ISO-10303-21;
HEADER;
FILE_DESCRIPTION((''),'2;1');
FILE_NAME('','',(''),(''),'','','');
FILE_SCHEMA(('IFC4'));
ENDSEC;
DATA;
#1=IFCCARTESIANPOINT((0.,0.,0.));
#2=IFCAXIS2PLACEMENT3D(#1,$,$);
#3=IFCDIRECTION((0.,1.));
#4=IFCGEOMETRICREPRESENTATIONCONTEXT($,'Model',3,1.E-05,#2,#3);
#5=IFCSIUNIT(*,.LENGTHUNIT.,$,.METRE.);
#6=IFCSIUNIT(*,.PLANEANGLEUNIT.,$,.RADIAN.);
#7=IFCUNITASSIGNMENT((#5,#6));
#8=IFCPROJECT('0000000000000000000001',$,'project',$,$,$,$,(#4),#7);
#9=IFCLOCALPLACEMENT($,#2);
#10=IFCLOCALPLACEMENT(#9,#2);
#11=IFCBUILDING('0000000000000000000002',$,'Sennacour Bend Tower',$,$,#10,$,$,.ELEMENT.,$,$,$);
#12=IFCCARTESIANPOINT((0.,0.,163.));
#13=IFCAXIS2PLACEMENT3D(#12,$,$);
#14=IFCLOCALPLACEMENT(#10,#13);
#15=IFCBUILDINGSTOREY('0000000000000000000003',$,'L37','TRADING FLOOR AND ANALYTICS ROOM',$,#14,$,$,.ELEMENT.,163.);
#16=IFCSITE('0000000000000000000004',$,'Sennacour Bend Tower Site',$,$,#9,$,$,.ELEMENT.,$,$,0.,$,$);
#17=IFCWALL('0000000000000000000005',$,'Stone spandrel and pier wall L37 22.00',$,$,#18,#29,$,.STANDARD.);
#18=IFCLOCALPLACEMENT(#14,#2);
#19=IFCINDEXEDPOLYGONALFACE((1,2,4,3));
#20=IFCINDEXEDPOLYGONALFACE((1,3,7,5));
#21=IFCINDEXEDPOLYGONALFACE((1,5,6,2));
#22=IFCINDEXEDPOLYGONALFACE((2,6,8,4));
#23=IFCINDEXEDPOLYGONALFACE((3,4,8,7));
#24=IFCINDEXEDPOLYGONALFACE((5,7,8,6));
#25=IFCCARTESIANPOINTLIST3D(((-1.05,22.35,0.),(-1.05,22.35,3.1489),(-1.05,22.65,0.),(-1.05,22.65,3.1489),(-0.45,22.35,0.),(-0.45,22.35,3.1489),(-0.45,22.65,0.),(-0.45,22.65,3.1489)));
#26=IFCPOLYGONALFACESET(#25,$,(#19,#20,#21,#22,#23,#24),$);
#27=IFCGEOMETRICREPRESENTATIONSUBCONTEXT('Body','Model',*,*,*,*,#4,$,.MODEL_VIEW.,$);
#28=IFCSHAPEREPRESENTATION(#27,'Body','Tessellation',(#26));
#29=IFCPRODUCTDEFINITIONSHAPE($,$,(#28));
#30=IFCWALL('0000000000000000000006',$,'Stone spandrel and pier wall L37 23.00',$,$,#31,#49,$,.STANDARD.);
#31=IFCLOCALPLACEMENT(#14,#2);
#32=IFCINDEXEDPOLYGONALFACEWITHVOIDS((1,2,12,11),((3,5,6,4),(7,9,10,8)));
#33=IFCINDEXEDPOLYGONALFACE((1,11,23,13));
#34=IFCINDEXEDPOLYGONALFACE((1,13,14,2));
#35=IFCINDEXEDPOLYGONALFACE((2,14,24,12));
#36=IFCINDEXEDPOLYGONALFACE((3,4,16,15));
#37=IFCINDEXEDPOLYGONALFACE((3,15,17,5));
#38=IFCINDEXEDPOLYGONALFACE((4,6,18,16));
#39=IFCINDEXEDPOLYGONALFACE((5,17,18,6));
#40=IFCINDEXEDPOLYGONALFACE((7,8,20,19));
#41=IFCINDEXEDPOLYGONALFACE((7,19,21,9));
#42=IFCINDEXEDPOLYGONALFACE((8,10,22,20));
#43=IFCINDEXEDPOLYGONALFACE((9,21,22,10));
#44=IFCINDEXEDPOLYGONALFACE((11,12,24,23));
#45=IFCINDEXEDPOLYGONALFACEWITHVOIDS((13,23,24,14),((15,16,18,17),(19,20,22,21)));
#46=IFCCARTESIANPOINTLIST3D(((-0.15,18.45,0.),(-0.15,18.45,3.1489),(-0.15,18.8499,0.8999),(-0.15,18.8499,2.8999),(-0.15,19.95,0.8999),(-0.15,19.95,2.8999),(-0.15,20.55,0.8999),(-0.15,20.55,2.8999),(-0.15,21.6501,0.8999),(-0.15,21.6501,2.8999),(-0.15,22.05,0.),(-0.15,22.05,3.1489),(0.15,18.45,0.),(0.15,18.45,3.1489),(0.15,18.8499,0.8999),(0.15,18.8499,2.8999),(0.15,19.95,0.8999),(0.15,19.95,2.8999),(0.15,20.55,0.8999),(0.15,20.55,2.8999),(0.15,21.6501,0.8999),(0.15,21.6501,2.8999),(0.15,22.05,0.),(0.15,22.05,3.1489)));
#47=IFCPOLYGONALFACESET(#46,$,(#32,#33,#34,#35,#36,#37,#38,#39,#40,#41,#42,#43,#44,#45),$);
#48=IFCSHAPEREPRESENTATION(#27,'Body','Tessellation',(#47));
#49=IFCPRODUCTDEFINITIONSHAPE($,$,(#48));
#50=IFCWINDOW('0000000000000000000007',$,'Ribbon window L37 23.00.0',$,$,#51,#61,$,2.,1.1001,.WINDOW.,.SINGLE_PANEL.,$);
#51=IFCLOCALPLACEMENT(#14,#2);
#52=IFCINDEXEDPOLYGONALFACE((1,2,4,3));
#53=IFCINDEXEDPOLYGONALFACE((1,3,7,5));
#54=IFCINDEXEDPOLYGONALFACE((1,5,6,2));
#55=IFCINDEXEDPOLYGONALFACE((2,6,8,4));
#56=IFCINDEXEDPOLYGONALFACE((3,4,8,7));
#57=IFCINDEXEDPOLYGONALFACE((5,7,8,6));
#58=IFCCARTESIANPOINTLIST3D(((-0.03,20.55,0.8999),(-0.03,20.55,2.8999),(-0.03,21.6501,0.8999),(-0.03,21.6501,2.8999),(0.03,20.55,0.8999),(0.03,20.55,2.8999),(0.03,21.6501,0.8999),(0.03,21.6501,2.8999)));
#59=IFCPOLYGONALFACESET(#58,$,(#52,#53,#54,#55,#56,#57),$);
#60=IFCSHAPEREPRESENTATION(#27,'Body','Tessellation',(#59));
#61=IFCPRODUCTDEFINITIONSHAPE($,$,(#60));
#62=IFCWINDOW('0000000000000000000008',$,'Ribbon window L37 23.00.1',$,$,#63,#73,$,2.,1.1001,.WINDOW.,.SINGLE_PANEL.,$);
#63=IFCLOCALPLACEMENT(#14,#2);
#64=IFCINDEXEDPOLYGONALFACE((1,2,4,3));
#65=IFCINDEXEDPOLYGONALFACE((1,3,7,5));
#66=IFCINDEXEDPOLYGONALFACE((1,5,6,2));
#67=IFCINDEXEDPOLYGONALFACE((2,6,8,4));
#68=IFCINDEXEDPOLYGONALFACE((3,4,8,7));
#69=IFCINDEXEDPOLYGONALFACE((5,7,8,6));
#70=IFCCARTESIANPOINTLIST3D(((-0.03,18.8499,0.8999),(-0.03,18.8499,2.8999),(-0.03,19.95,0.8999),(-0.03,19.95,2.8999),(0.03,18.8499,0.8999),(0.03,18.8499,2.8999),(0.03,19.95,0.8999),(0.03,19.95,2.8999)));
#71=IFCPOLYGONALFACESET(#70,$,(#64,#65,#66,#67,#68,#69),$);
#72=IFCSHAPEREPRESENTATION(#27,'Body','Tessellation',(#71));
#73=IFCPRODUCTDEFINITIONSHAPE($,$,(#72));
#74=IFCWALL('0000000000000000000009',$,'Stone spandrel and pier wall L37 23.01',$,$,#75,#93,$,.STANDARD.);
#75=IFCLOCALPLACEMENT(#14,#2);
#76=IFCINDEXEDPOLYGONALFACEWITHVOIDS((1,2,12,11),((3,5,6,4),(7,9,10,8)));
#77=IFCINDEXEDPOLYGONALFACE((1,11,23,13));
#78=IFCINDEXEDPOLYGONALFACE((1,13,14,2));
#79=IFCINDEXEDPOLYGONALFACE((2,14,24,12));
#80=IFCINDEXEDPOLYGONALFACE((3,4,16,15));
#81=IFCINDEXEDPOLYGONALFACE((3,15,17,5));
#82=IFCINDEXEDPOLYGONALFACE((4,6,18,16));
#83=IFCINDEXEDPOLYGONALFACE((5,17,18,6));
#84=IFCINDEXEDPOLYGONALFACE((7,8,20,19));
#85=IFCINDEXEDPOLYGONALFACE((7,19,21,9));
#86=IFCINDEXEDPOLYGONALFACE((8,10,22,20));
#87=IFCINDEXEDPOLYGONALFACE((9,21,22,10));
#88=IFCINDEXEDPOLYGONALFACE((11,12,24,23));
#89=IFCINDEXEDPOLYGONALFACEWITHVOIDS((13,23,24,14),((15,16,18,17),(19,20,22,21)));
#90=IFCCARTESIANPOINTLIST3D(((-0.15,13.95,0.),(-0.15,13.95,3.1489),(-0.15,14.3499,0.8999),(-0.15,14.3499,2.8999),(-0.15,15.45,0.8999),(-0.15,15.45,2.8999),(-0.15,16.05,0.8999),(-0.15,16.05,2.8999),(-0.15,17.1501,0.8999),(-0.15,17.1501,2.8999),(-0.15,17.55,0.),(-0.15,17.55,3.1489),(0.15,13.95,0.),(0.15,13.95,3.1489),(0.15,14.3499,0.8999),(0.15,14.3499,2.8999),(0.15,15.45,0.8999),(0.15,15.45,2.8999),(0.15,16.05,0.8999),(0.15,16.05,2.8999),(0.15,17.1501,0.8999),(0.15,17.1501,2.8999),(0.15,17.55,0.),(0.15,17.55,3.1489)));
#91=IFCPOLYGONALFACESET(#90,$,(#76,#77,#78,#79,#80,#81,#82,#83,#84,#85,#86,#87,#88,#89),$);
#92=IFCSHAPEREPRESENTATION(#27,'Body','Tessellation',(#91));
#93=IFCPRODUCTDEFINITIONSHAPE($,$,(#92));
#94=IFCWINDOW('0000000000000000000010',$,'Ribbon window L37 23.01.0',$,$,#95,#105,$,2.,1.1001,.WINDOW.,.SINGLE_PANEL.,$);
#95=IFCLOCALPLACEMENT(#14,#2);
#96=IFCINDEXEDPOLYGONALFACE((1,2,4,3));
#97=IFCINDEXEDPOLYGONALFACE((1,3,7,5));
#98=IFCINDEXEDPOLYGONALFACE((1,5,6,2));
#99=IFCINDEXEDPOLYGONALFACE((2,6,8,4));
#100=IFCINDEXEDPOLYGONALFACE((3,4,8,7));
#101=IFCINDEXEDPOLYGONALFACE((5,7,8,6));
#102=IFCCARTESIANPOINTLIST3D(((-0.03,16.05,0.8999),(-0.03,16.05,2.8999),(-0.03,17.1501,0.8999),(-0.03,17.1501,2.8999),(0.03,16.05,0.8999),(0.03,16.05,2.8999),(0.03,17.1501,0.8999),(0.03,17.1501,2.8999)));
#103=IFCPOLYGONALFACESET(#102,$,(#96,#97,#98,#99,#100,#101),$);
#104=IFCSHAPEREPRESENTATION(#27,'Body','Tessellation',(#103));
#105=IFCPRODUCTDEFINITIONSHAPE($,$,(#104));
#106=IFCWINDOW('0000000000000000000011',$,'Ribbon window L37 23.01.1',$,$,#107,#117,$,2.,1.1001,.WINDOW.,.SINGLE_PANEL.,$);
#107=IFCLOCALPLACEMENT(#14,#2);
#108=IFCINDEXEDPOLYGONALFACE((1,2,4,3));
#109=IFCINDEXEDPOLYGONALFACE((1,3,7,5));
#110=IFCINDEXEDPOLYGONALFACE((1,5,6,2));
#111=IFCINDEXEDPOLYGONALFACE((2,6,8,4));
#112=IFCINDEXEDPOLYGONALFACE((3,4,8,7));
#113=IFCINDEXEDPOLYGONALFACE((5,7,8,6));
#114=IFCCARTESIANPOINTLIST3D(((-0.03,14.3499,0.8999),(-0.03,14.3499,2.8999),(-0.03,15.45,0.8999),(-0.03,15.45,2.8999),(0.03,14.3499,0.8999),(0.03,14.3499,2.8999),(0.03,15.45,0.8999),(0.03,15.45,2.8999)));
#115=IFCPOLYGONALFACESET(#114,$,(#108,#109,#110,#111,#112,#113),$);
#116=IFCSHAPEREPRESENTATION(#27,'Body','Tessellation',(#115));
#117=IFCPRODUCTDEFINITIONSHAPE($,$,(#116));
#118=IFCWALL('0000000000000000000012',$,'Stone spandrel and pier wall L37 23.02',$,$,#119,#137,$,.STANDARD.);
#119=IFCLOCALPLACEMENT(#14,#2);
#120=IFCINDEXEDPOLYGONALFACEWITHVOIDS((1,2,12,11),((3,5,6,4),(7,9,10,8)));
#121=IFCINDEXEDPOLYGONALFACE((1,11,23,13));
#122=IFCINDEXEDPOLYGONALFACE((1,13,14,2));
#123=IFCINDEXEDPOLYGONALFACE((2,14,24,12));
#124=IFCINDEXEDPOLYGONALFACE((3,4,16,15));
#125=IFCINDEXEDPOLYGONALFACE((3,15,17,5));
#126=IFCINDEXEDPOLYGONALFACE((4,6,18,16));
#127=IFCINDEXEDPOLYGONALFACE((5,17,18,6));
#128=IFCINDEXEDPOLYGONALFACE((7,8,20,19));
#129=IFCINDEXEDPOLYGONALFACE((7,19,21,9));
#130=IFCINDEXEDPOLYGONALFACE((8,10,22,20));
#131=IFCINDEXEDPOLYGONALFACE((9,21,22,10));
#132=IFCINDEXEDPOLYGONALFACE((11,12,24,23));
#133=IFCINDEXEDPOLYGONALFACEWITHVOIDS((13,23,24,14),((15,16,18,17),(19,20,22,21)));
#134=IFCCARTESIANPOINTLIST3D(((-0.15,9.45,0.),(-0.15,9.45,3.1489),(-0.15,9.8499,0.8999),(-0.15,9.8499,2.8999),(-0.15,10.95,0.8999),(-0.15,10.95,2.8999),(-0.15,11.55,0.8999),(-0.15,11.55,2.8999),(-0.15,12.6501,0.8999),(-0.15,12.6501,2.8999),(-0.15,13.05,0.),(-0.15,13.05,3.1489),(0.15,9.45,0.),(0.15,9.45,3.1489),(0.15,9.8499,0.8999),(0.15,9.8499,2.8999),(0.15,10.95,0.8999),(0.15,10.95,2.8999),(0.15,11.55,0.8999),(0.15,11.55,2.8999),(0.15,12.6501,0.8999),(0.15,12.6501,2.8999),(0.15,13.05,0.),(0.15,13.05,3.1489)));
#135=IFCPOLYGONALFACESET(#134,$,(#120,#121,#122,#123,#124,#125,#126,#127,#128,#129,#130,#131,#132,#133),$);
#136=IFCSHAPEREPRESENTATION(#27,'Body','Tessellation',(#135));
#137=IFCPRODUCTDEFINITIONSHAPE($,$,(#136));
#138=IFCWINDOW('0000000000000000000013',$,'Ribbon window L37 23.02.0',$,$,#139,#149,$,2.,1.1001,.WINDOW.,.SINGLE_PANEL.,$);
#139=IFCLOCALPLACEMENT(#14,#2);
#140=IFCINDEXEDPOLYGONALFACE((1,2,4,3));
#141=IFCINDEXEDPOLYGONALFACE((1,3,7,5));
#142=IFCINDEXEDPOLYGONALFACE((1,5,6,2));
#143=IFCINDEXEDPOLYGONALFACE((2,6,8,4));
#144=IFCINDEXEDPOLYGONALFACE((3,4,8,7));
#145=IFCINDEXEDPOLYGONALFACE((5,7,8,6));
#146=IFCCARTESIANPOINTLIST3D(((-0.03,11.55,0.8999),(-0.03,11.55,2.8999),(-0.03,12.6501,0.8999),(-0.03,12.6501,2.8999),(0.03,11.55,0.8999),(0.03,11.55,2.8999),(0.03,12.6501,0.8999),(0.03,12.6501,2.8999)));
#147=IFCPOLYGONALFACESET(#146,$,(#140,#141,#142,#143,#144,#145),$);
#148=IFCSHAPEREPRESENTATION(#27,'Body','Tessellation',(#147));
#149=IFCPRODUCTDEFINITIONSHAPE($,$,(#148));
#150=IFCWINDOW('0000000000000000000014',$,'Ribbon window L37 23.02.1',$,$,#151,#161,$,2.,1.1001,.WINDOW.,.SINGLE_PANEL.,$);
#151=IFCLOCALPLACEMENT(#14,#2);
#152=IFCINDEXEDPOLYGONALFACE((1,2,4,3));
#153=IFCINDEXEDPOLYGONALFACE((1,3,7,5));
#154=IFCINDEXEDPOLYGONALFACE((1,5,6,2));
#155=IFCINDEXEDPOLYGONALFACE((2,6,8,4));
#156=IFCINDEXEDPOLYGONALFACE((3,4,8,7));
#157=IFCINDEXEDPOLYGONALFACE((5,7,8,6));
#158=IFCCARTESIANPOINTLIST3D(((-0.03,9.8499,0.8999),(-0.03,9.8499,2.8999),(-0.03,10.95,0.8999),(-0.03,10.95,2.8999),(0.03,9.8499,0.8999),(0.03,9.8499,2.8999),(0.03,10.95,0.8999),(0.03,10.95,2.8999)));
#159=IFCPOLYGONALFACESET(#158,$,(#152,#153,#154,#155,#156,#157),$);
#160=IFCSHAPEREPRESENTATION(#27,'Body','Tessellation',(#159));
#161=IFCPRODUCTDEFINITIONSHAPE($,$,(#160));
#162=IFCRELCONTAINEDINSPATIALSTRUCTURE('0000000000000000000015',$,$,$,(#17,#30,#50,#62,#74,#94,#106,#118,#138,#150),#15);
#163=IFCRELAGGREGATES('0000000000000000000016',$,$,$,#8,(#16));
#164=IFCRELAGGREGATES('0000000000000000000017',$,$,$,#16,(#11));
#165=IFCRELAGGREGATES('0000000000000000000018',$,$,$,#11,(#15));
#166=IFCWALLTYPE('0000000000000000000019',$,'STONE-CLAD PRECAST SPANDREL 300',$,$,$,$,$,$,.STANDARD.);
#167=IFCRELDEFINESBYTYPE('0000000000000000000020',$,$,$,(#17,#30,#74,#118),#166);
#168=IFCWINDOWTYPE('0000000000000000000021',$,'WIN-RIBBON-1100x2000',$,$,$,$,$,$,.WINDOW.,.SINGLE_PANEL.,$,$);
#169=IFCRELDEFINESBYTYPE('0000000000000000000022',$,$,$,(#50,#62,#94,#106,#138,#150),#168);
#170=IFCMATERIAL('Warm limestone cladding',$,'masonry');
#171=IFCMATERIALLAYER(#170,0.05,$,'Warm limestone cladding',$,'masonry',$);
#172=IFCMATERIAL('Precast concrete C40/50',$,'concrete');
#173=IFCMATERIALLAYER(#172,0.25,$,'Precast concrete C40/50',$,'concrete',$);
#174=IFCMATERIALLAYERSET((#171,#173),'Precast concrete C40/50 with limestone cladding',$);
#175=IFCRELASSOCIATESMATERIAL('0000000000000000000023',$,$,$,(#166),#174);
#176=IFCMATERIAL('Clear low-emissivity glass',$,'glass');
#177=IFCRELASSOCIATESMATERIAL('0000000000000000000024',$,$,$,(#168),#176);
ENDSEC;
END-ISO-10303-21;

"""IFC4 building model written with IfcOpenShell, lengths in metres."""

from ifc_helpers import new_model, si_unit, direction, frame, frame_2d, origin, place, context, subcontext, project, spatial, rectangle, extrude, material, layer, layer_set, type_object, element, fill, save


model = new_model("IFC4")

# Units and contexts
model_context = context("Model", 3, precision=1e-05, world=origin(), true_north=direction((0.0, 1.0)))
body_context = subcontext(model_context, "Body", "Model", "MODEL_VIEW")
ifc_project = project(units=[si_unit("LENGTHUNIT", "METRE"), si_unit("PLANEANGLEUNIT", "RADIAN")], contexts=[model_context])

# Site, building, storey
site_placement = place(None, origin())
site = spatial("IfcSite", under=ifc_project, at=site_placement, Name="Sennacour Bend Tower Site", CompositionType="ELEMENT", RefElevation=0.0)
building_placement = place(site_placement, origin())
building = spatial("IfcBuilding", under=site, at=building_placement, Name="Sennacour Bend Tower", CompositionType="ELEMENT")
storey_placement = place(building_placement, frame((0.0, 0.0, 163.0)))
storey = spatial("IfcBuildingStorey", under=building, at=storey_placement, Name="L37", Description="TRADING FLOOR AND ANALYTICS ROOM", CompositionType="ELEMENT", Elevation=163.0)

# Wall
ifc_material_1 = material(Name="Warm limestone cladding", Category="masonry")
ifc_layer_1 = layer(ifc_material_1, 0.05, Name="Warm limestone cladding", Category="masonry")
ifc_material_2 = material(Name="Precast concrete C40/50", Category="concrete")
ifc_layer_2 = layer(ifc_material_2, 0.25, Name="Precast concrete C40/50", Category="concrete")
ifc_layer_set = layer_set([ifc_layer_1, ifc_layer_2], Name="Precast concrete C40/50 with limestone cladding")
wall_type = type_object("IfcWallType", Name="STONE-CLAD PRECAST SPANDREL 300", PredefinedType="STANDARD", material=ifc_layer_set)
wall_1_placement = place(storey_placement, frame((-1.05, 22.5, 0.0), z_axis=(0.0, 0.0, 1.0), x_axis=(1.0, 0.0, 0.0)))
element("IfcWall", 1, at=wall_1_placement, inside=storey, type_object=wall_type, Name="Stone spandrel and pier wall L37 22.00", PredefinedType="STANDARD", context=body_context, shape_type="SweptSolid", body=[
    extrude(rectangle(XDim=0.6001, YDim=0.3, at=frame_2d((0.3, 0.0))), origin(), (0.0, 0.0, 1.0), 3.1489),
])

# Walls, openings, windows
wall_2_placement = place(storey_placement, frame((0.0, 22.05, 0.0), z_axis=(0.0, 0.0, 1.0), x_axis=(0.0, -1.0, 0.0)))
wall_2 = element("IfcWall", 2, at=wall_2_placement, inside=storey, type_object=wall_type, Name="Stone spandrel and pier wall L37 23.00", PredefinedType="STANDARD", context=body_context, shape_type="SweptSolid", body=[
    extrude(rectangle(XDim=3.6001, YDim=0.3, at=frame_2d((1.8, 0.0))), origin(), (0.0, 0.0, 1.0), 3.1489),
])
opening_1_placement = place(wall_2_placement, frame((0.3999, 0.0, 0.8999)))
opening_1 = element("IfcOpeningElement", 3, at=opening_1_placement, cuts=wall_2, PredefinedType="OPENING", context=body_context, shape_type="SweptSolid", body=[
    extrude(rectangle(XDim=1.1001, YDim=2.0, at=frame_2d((0.55, 1.0))), frame((0.0, 0.1602, 0.0), z_axis=(0.0, -1.0, 0.0), x_axis=(1.0, 0.0, 0.0)), (0.0, 0.0, 1.0), 0.3201),
])
opening_2_placement = place(wall_2_placement, frame((2.1001, 0.0, 0.8999)))
opening_2 = element("IfcOpeningElement", 4, at=opening_2_placement, cuts=wall_2, PredefinedType="OPENING", context=body_context, shape_type="SweptSolid", body=[
    extrude(rectangle(XDim=1.1001, YDim=2.0, at=frame_2d((0.55, 1.0))), frame((0.0, 0.1602, 0.0), z_axis=(0.0, -1.0, 0.0), x_axis=(1.0, 0.0, 0.0)), (0.0, 0.0, 1.0), 0.3201),
])
ifc_material_3 = material(Name="Clear low-emissivity glass", Category="glass")
window_type = type_object("IfcWindowType", Name="WIN-RIBBON-1100x2000", PartitioningType="SINGLE_PANEL", PredefinedType="WINDOW", material=ifc_material_3)
window_1_placement = place(opening_1_placement, origin())
window_1 = element("IfcWindow", 5, at=window_1_placement, inside=storey, type_object=window_type, Name="Ribbon window L37 23.00.0", OverallHeight=2.0, OverallWidth=1.1001, PartitioningType="SINGLE_PANEL", PredefinedType="WINDOW", context=body_context, shape_type="SweptSolid", body=[
    extrude(rectangle(XDim=1.1001, YDim=2.0, at=frame_2d((0.55, 1.0))), frame((0.0, 0.03, 0.0), z_axis=(0.0, -1.0, 0.0), x_axis=(1.0, 0.0, 0.0)), (0.0, 0.0, 1.0), 0.0601),
])
fill(opening_1, window_1)
window_2_placement = place(opening_2_placement, origin())
window_2 = element("IfcWindow", 6, at=window_2_placement, inside=storey, type_object=window_type, Name="Ribbon window L37 23.00.1", OverallHeight=2.0, OverallWidth=1.1001, PartitioningType="SINGLE_PANEL", PredefinedType="WINDOW", context=body_context, shape_type="SweptSolid", body=[
    extrude(rectangle(XDim=1.1001, YDim=2.0, at=frame_2d((0.55, 1.0))), frame((0.0, 0.03, 0.0), z_axis=(0.0, -1.0, 0.0), x_axis=(1.0, 0.0, 0.0)), (0.0, 0.0, 1.0), 0.0601),
])
fill(opening_2, window_2)
wall_3_placement = place(storey_placement, frame((0.0, 17.55, 0.0), z_axis=(0.0, 0.0, 1.0), x_axis=(0.0, -1.0, 0.0)))
wall_3 = element("IfcWall", 7, at=wall_3_placement, inside=storey, type_object=wall_type, Name="Stone spandrel and pier wall L37 23.01", PredefinedType="STANDARD", context=body_context, shape_type="SweptSolid", body=[
    extrude(rectangle(XDim=3.6001, YDim=0.3, at=frame_2d((1.8, 0.0))), origin(), (0.0, 0.0, 1.0), 3.1489),
])
opening_3_placement = place(wall_3_placement, frame((0.3999, 0.0, 0.8999)))
opening_3 = element("IfcOpeningElement", 8, at=opening_3_placement, cuts=wall_3, PredefinedType="OPENING", context=body_context, shape_type="SweptSolid", body=[
    extrude(rectangle(XDim=1.1001, YDim=2.0, at=frame_2d((0.55, 1.0))), frame((0.0, 0.1602, 0.0), z_axis=(0.0, -1.0, 0.0), x_axis=(1.0, 0.0, 0.0)), (0.0, 0.0, 1.0), 0.3201),
])
opening_4_placement = place(wall_3_placement, frame((2.1001, 0.0, 0.8999)))
opening_4 = element("IfcOpeningElement", 9, at=opening_4_placement, cuts=wall_3, PredefinedType="OPENING", context=body_context, shape_type="SweptSolid", body=[
    extrude(rectangle(XDim=1.1001, YDim=2.0, at=frame_2d((0.55, 1.0))), frame((0.0, 0.1602, 0.0), z_axis=(0.0, -1.0, 0.0), x_axis=(1.0, 0.0, 0.0)), (0.0, 0.0, 1.0), 0.3201),
])
window_3_placement = place(opening_3_placement, origin())
window_3 = element("IfcWindow", 10, at=window_3_placement, inside=storey, type_object=window_type, Name="Ribbon window L37 23.01.0", OverallHeight=2.0, OverallWidth=1.1001, PartitioningType="SINGLE_PANEL", PredefinedType="WINDOW", context=body_context, shape_type="SweptSolid", body=[
    extrude(rectangle(XDim=1.1001, YDim=2.0, at=frame_2d((0.55, 1.0))), frame((0.0, 0.03, 0.0), z_axis=(0.0, -1.0, 0.0), x_axis=(1.0, 0.0, 0.0)), (0.0, 0.0, 1.0), 0.0601),
])
fill(opening_3, window_3)
window_4_placement = place(opening_4_placement, origin())
window_4 = element("IfcWindow", 11, at=window_4_placement, inside=storey, type_object=window_type, Name="Ribbon window L37 23.01.1", OverallHeight=2.0, OverallWidth=1.1001, PartitioningType="SINGLE_PANEL", PredefinedType="WINDOW", context=body_context, shape_type="SweptSolid", body=[
    extrude(rectangle(XDim=1.1001, YDim=2.0, at=frame_2d((0.55, 1.0))), frame((0.0, 0.03, 0.0), z_axis=(0.0, -1.0, 0.0), x_axis=(1.0, 0.0, 0.0)), (0.0, 0.0, 1.0), 0.0601),
])
fill(opening_4, window_4)
wall_4_placement = place(storey_placement, frame((0.0, 13.05, 0.0), z_axis=(0.0, 0.0, 1.0), x_axis=(0.0, -1.0, 0.0)))
wall_4 = element("IfcWall", 12, at=wall_4_placement, inside=storey, type_object=wall_type, Name="Stone spandrel and pier wall L37 23.02", PredefinedType="STANDARD", context=body_context, shape_type="SweptSolid", body=[
    extrude(rectangle(XDim=3.6001, YDim=0.3, at=frame_2d((1.8, 0.0))), origin(), (0.0, 0.0, 1.0), 3.1489),
])
opening_5_placement = place(wall_4_placement, frame((0.3999, 0.0, 0.8999)))
opening_5 = element("IfcOpeningElement", 13, at=opening_5_placement, cuts=wall_4, PredefinedType="OPENING", context=body_context, shape_type="SweptSolid", body=[
    extrude(rectangle(XDim=1.1001, YDim=2.0, at=frame_2d((0.55, 1.0))), frame((0.0, 0.1602, 0.0), z_axis=(0.0, -1.0, 0.0), x_axis=(1.0, 0.0, 0.0)), (0.0, 0.0, 1.0), 0.3201),
])
opening_6_placement = place(wall_4_placement, frame((2.1001, 0.0, 0.8999)))
opening_6 = element("IfcOpeningElement", 14, at=opening_6_placement, cuts=wall_4, PredefinedType="OPENING", context=body_context, shape_type="SweptSolid", body=[
    extrude(rectangle(XDim=1.1001, YDim=2.0, at=frame_2d((0.55, 1.0))), frame((0.0, 0.1602, 0.0), z_axis=(0.0, -1.0, 0.0), x_axis=(1.0, 0.0, 0.0)), (0.0, 0.0, 1.0), 0.3201),
])
window_5_placement = place(opening_5_placement, origin())
window_5 = element("IfcWindow", 15, at=window_5_placement, inside=storey, type_object=window_type, Name="Ribbon window L37 23.02.0", OverallHeight=2.0, OverallWidth=1.1001, PartitioningType="SINGLE_PANEL", PredefinedType="WINDOW", context=body_context, shape_type="SweptSolid", body=[
    extrude(rectangle(XDim=1.1001, YDim=2.0, at=frame_2d((0.55, 1.0))), frame((0.0, 0.03, 0.0), z_axis=(0.0, -1.0, 0.0), x_axis=(1.0, 0.0, 0.0)), (0.0, 0.0, 1.0), 0.0601),
])
fill(opening_5, window_5)
window_6_placement = place(opening_6_placement, origin())
window_6 = element("IfcWindow", 16, at=window_6_placement, inside=storey, type_object=window_type, Name="Ribbon window L37 23.02.1", OverallHeight=2.0, OverallWidth=1.1001, PartitioningType="SINGLE_PANEL", PredefinedType="WINDOW", context=body_context, shape_type="SweptSolid", body=[
    extrude(rectangle(XDim=1.1001, YDim=2.0, at=frame_2d((0.55, 1.0))), frame((0.0, 0.03, 0.0), z_axis=(0.0, -1.0, 0.0), x_axis=(1.0, 0.0, 0.0)), (0.0, 0.0, 1.0), 0.0601),
])
fill(opening_6, window_6)

save(model, "model.ifc")
